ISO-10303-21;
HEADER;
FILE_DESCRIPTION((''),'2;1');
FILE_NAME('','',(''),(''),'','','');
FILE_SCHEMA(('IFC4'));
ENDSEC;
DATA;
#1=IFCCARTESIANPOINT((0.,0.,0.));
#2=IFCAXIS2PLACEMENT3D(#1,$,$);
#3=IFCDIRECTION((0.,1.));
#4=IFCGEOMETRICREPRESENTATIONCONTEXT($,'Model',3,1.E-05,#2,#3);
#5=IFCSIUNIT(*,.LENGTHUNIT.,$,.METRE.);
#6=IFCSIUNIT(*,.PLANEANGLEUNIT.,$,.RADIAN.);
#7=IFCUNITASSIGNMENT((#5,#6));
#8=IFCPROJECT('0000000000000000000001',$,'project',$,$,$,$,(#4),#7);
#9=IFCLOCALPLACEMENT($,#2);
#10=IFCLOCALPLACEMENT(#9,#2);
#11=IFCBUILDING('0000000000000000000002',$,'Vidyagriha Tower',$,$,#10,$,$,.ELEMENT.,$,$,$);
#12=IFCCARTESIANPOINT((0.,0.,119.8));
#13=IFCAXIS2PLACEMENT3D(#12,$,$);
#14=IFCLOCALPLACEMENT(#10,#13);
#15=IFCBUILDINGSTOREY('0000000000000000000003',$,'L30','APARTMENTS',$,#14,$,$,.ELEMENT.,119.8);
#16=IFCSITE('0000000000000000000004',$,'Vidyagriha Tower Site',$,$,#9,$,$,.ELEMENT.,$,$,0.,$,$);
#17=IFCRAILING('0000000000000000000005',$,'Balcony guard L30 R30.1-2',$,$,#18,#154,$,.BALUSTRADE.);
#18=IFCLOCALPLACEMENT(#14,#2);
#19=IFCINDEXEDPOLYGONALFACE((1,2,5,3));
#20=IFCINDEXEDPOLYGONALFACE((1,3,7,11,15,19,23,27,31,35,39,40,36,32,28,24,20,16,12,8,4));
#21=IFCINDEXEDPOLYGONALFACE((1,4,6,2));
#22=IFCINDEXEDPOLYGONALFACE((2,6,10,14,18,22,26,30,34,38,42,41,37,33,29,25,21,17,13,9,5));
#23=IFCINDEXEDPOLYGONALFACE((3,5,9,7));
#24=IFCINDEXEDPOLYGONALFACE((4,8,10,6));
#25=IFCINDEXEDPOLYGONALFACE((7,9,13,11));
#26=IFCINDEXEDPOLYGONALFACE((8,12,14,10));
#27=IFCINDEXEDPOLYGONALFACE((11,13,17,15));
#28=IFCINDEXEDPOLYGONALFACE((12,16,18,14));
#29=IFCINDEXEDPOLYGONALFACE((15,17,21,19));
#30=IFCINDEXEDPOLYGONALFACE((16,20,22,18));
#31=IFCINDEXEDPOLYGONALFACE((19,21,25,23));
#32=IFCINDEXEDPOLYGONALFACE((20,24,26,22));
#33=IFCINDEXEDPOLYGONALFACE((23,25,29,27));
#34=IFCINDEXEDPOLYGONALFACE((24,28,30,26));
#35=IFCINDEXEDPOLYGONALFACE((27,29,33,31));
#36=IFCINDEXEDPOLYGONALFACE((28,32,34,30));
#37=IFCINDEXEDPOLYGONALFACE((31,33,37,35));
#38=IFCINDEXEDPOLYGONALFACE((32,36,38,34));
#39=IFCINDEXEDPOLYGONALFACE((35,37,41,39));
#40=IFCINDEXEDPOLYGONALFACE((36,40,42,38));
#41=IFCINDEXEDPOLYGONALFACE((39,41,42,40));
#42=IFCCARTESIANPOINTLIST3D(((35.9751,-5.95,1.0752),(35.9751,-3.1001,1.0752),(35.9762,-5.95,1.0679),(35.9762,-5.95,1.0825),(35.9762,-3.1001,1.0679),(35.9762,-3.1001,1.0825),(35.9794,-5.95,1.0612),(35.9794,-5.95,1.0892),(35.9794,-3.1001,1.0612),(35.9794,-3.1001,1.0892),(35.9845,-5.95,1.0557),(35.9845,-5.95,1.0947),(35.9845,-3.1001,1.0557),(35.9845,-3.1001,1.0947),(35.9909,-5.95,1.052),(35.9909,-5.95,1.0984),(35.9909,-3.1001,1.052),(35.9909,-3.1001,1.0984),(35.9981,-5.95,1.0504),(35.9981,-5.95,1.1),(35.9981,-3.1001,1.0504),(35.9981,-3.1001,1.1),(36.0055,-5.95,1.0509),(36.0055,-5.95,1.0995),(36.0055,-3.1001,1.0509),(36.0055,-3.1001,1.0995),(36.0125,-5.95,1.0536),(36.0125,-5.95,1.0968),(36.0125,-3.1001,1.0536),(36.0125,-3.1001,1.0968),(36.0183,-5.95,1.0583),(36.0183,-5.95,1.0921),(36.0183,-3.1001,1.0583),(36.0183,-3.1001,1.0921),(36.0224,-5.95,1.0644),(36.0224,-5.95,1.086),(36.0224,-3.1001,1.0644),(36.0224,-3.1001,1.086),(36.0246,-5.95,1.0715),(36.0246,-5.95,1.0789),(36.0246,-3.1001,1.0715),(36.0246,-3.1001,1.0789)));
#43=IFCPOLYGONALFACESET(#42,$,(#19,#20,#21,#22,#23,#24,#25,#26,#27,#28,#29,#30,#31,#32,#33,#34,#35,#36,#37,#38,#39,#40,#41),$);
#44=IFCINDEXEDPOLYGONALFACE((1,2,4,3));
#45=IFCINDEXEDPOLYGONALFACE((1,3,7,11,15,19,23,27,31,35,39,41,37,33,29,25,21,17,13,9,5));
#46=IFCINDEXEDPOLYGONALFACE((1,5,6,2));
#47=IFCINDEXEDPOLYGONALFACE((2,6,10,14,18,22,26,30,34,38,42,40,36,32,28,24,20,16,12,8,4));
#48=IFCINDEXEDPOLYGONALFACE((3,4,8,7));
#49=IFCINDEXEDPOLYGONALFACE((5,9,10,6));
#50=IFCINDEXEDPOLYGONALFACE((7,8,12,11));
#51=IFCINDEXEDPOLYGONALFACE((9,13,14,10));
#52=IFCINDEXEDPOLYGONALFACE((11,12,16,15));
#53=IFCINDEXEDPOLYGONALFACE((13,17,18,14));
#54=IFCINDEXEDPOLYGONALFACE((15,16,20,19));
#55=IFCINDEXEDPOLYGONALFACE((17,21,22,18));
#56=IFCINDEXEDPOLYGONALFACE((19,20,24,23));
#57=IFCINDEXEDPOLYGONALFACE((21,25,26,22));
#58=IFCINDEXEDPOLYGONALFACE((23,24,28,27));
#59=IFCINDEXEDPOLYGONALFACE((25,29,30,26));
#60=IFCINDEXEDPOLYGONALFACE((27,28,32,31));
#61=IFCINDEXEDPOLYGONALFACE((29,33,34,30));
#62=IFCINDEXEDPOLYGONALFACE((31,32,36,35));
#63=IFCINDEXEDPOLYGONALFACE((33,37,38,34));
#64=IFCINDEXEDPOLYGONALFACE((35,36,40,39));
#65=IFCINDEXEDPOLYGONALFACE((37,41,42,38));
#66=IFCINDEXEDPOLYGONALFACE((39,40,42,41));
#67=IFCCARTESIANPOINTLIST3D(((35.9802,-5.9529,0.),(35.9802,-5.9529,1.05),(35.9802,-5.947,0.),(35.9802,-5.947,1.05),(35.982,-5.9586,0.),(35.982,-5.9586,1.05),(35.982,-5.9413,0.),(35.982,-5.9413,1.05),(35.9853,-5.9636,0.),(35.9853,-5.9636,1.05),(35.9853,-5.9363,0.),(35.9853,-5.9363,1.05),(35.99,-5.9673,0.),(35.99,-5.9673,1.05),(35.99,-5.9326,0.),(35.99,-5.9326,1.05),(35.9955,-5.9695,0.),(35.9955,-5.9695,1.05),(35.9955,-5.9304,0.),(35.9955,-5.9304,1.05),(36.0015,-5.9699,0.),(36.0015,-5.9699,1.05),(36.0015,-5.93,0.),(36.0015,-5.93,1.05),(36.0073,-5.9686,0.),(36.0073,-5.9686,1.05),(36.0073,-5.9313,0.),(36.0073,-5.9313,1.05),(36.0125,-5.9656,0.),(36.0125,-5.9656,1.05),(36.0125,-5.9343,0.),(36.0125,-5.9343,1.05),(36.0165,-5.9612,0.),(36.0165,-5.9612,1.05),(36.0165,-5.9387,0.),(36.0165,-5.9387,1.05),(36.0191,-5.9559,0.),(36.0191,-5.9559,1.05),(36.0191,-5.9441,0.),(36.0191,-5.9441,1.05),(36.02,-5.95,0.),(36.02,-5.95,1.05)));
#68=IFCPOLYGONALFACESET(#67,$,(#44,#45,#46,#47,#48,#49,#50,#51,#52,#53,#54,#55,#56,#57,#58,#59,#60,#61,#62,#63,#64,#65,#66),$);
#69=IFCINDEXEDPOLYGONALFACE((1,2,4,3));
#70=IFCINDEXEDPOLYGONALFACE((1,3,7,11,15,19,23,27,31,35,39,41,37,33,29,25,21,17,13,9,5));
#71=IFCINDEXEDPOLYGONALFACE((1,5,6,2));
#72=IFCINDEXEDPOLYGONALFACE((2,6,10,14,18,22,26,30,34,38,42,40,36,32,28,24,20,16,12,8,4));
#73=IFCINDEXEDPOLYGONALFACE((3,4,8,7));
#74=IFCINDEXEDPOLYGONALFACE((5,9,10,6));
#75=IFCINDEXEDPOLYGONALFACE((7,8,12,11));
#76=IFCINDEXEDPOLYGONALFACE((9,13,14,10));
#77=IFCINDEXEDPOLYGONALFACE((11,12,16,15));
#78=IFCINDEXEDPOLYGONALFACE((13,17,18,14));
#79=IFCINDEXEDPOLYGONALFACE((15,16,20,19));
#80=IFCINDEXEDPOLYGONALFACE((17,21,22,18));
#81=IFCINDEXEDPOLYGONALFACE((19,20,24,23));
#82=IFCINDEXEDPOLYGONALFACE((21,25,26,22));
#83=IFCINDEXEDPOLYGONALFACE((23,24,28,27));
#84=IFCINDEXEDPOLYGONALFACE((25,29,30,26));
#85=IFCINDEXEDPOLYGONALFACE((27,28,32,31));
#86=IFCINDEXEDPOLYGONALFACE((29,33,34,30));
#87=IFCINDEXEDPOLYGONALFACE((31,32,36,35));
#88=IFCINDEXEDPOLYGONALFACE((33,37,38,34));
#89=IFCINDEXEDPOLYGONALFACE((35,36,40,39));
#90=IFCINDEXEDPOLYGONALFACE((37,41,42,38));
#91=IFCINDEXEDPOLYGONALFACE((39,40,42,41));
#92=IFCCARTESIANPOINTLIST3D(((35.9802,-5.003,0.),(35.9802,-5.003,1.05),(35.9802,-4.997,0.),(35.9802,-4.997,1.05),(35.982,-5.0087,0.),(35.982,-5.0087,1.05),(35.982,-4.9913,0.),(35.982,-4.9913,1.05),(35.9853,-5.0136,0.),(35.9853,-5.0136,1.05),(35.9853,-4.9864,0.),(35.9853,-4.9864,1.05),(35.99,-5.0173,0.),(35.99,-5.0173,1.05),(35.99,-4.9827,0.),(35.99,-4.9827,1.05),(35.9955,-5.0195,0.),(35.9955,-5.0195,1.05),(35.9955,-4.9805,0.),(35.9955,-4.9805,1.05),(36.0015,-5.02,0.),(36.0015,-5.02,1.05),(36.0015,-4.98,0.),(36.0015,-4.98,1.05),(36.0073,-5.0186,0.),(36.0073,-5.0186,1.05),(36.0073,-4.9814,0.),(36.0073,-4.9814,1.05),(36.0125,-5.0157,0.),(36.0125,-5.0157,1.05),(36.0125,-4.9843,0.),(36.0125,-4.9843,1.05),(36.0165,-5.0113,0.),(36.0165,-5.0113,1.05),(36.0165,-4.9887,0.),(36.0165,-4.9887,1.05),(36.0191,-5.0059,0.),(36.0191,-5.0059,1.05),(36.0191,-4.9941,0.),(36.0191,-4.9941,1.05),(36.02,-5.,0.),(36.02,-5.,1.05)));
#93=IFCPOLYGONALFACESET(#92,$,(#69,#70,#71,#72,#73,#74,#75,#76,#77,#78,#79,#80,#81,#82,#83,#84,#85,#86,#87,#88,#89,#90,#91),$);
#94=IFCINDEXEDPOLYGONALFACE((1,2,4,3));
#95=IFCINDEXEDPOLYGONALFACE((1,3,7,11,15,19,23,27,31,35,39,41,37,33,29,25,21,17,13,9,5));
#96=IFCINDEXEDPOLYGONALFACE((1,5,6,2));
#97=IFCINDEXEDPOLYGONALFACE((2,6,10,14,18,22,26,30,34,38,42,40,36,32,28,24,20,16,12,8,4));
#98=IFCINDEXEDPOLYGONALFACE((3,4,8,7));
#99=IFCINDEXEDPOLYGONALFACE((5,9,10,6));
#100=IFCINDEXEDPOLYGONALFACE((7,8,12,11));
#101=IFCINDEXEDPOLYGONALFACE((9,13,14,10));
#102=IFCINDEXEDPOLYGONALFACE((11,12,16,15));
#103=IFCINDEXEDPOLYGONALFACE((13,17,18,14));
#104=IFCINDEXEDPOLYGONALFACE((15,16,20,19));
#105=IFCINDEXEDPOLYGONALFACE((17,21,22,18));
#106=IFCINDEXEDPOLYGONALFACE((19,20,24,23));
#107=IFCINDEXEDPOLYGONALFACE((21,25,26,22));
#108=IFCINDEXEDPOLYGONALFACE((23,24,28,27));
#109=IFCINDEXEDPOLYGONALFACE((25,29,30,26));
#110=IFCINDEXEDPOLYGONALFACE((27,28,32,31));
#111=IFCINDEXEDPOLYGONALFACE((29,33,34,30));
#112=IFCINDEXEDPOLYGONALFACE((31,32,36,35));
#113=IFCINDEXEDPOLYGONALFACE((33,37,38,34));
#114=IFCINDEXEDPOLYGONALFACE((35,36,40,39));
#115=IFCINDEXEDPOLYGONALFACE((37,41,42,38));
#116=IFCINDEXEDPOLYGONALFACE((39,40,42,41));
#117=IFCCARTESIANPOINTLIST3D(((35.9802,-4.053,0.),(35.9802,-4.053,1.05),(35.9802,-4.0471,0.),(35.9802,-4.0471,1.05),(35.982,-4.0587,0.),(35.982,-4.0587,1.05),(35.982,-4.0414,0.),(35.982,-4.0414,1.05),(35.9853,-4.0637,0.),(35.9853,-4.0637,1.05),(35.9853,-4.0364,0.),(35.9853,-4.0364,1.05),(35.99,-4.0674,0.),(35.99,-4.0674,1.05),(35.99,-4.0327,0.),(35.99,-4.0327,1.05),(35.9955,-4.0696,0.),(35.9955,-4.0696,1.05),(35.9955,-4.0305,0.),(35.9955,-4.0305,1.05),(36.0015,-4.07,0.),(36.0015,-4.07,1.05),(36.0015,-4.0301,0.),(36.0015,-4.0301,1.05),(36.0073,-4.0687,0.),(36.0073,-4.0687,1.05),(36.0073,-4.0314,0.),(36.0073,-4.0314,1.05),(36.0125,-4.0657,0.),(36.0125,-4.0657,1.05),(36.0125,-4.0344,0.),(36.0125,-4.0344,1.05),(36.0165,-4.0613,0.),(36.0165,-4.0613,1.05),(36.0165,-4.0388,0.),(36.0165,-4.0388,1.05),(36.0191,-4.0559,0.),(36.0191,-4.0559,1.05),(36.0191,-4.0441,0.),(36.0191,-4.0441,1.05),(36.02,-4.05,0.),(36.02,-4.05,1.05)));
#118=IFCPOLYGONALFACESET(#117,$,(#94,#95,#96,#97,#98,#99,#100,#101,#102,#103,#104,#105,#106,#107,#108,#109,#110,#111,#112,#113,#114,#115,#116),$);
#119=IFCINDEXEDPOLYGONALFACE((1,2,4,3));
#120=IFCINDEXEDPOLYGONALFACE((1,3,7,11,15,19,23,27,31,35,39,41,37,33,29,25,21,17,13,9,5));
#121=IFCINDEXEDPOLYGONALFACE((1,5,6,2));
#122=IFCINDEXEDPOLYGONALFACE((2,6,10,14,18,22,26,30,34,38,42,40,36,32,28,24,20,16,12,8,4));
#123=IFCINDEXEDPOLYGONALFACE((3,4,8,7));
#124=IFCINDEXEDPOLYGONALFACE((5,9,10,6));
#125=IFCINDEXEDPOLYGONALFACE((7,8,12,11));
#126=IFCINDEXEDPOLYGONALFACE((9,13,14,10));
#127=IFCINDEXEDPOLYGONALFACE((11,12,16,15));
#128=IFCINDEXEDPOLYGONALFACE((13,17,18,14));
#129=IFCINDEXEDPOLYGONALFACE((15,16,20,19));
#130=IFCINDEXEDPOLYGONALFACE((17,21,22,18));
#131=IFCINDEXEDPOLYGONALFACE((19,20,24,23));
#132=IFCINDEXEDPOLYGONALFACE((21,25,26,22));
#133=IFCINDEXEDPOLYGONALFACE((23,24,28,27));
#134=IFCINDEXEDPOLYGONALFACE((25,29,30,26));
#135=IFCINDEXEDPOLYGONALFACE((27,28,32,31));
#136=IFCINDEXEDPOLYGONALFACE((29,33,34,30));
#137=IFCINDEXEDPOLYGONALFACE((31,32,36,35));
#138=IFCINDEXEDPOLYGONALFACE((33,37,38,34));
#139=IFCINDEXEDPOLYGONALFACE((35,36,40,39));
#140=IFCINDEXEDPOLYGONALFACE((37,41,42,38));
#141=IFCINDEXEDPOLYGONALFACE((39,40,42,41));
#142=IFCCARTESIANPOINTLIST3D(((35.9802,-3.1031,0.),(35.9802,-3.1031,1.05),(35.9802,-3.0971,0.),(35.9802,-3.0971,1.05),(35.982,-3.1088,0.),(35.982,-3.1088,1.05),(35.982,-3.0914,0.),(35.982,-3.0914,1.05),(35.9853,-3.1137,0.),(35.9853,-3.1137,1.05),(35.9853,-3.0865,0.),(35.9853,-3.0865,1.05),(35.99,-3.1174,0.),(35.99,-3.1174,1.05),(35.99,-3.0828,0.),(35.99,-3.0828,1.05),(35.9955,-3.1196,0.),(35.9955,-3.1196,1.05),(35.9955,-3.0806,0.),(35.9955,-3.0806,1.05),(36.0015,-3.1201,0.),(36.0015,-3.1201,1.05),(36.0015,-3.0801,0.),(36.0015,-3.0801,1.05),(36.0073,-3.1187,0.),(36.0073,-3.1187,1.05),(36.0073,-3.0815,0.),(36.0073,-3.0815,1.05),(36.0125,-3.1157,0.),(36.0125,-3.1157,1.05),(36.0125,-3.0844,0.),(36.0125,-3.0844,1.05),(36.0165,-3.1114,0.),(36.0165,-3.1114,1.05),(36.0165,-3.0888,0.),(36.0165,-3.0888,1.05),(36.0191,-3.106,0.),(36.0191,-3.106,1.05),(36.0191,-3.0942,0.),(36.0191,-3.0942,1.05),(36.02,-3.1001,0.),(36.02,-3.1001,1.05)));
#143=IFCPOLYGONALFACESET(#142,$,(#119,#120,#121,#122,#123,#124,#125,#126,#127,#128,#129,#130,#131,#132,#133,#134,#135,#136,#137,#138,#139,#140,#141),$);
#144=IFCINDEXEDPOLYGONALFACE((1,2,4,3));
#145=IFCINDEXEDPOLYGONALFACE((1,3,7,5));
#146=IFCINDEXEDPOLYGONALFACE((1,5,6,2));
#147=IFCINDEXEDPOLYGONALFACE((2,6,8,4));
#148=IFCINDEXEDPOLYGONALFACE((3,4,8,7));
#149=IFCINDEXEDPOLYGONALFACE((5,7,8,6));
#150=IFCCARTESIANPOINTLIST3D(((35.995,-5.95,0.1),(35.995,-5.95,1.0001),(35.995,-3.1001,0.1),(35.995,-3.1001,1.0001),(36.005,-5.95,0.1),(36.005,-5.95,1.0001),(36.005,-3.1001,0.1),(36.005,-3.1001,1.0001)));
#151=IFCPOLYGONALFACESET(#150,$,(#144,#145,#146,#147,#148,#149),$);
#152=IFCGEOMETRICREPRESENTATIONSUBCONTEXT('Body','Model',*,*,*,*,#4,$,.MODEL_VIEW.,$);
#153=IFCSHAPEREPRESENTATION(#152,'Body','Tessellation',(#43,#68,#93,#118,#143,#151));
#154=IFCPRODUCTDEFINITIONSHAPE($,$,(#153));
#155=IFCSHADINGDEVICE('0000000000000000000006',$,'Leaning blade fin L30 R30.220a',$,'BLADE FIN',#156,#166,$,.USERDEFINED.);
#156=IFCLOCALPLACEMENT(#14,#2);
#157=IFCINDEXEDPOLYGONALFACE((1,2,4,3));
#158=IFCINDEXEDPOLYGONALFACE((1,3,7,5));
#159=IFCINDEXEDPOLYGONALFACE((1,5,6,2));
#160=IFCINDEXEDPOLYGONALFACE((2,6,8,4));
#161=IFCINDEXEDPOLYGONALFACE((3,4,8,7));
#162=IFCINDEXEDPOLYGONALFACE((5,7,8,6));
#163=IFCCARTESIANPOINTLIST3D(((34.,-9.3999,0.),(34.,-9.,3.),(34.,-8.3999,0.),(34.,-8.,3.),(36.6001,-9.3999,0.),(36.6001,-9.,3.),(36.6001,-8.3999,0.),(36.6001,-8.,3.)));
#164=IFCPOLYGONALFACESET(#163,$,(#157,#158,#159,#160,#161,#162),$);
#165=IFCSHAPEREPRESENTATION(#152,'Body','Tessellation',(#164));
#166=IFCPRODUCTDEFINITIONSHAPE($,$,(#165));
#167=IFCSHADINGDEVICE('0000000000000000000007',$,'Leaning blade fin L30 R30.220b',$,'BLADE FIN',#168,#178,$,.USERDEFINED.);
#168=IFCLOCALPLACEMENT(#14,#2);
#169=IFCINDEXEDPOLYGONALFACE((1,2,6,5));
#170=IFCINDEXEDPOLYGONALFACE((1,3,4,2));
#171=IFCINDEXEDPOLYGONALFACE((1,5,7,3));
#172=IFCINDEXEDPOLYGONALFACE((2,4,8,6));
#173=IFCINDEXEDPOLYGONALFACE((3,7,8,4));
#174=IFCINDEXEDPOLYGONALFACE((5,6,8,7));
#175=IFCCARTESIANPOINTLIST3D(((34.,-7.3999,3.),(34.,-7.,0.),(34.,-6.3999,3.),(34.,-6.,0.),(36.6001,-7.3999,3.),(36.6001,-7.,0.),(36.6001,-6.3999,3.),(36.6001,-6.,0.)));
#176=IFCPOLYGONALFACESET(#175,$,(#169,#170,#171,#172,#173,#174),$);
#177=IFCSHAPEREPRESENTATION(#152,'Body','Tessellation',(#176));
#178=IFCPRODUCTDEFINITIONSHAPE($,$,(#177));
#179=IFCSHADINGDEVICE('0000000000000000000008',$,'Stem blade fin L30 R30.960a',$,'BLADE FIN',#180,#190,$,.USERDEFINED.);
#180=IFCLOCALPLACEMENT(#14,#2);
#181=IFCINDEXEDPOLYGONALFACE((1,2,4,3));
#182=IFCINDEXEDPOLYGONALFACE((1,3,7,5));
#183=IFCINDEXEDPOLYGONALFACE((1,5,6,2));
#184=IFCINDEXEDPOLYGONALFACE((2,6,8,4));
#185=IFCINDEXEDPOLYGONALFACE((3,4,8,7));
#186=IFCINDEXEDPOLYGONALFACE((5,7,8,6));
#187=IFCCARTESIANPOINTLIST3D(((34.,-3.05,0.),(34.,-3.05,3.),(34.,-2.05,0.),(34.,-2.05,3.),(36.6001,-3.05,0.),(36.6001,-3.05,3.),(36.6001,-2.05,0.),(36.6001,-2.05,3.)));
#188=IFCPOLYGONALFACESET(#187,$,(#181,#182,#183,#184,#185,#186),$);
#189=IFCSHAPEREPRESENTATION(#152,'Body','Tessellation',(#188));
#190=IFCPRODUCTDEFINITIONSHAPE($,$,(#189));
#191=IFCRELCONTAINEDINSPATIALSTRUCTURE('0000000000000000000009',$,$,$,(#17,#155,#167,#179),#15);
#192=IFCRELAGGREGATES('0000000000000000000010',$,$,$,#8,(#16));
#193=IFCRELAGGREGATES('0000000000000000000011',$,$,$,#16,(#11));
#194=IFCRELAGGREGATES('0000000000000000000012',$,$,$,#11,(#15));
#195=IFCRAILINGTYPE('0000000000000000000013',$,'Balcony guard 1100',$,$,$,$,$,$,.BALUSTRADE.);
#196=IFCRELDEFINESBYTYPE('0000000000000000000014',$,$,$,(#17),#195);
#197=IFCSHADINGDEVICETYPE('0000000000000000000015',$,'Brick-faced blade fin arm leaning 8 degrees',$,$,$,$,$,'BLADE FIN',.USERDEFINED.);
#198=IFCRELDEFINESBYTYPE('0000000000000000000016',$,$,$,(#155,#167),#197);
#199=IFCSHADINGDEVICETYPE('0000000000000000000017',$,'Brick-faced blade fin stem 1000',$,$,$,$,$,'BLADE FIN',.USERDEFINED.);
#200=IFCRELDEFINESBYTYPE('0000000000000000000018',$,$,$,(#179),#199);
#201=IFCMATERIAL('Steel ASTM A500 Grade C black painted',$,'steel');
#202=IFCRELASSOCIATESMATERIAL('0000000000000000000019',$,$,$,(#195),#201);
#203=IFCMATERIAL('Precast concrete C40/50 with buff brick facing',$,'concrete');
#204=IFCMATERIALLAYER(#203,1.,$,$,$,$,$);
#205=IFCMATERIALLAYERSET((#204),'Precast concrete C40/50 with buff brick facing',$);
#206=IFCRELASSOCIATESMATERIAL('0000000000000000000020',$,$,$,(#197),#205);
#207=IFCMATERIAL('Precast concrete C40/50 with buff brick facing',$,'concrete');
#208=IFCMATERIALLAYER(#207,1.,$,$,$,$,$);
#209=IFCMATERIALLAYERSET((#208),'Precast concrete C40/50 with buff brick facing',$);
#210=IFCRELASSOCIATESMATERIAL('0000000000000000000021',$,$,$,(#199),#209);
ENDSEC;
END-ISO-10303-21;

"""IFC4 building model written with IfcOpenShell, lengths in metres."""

from ifc_helpers import new_model, si_unit, direction, frame, origin, origin_2d, place, context, subcontext, project, spatial, polyline, rectangle, circle, outline, extrude, material, layer, layer_set, type_object, element, save


model = new_model("IFC4")

# Units and contexts
model_context = context("Model", 3, precision=1e-05, world=origin(), true_north=direction((0.0, 1.0)))
body_context = subcontext(model_context, "Body", "Model", "MODEL_VIEW")
ifc_project = project(units=[si_unit("LENGTHUNIT", "METRE"), si_unit("PLANEANGLEUNIT", "RADIAN")], contexts=[model_context])

# Site, building, storey
site_placement = place(None, origin())
site = spatial("IfcSite", under=ifc_project, at=site_placement, Name="Vidyagriha Tower Site", CompositionType="ELEMENT", RefElevation=0.0)
building_placement = place(site_placement, origin())
building = spatial("IfcBuilding", under=site, at=building_placement, Name="Vidyagriha Tower", CompositionType="ELEMENT")
storey_placement = place(building_placement, frame((0.0, 0.0, 119.8)))
storey = spatial("IfcBuildingStorey", under=building, at=storey_placement, Name="L30", Description="APARTMENTS", CompositionType="ELEMENT", Elevation=119.8)

# Railing
ifc_material_1 = material(Name="Steel ASTM A500 Grade C black painted", Category="steel")
railing_type = type_object("IfcRailingType", Name="Balcony guard 1100", PredefinedType="BALUSTRADE", material=ifc_material_1)
railing_1_placement = place(storey_placement, frame((36.0, -5.95, 0.0)))
element("IfcRailing", 1, at=railing_1_placement, inside=storey, type_object=railing_type, Name="Balcony guard L30 R30.1-2", PredefinedType="BALUSTRADE", context=body_context, shape_type="SweptSolid", body=[
    extrude(circle(Radius=0.0249, at=origin_2d()), frame((0.0, 0.0, 1.0752), z_axis=(0.0, 1.0, 0.0), x_axis=(-1.0, 0.0, 0.0)), (0.0, 0.0, 1.0), 2.8499),
    extrude(circle(Radius=0.02, at=origin_2d()), origin(), (0.0, 0.0, 1.0), 1.05),
    extrude(circle(Radius=0.02, at=origin_2d()), frame((0.0, 0.95, 0.0)), (0.0, 0.0, 1.0), 1.05),
    extrude(circle(Radius=0.02, at=origin_2d()), frame((0.0, 1.8999, 0.0)), (0.0, 0.0, 1.0), 1.05),
    extrude(circle(Radius=0.02, at=origin_2d()), frame((0.0, 2.8499, 0.0)), (0.0, 0.0, 1.0), 1.05),
    extrude(rectangle(XDim=0.01, YDim=0.9001, at=origin_2d()), frame((0.0, 0.0, 0.55), z_axis=(0.0, 1.0, 0.0), x_axis=(-1.0, 0.0, 0.0)), (0.0, 0.0, 1.0), 2.8499),
])

# Shading devices
ifc_material_2 = material(Name="Precast concrete C40/50 with buff brick facing", Category="concrete")
ifc_layer_1 = layer(ifc_material_2, 1.0)
ifc_layer_set_1 = layer_set([ifc_layer_1], Name="Precast concrete C40/50 with buff brick facing")
shading_device_type_1 = type_object("IfcShadingDeviceType", Name="Brick-faced blade fin arm leaning 8 degrees", ElementType="BLADE FIN", PredefinedType="USERDEFINED", material=ifc_layer_set_1)
shading_device_1_placement = place(storey_placement, frame((35.3, -9.3999, 0.0), z_axis=(0.0, 0.0, 1.0), x_axis=(0.0, 1.0, 0.0)))
element("IfcShadingDevice", 2, at=shading_device_1_placement, inside=storey, type_object=shading_device_type_1, Name="Leaning blade fin L30 R30.220a", ObjectType="BLADE FIN", PredefinedType="USERDEFINED", context=body_context, shape_type="SweptSolid", body=[
    extrude(outline(polyline([(0.0, 0.0), (1.0, 0.0), (1.3999, 3.0), (0.3999, 3.0), (0.0, 0.0)])), frame((0.0, 1.3, 0.0), z_axis=(0.0, -1.0, 0.0), x_axis=(1.0, 0.0, 0.0)), (0.0, 0.0, 1.0), 2.6001),
])
shading_device_2_placement = place(storey_placement, frame((35.3, -7.3999, 0.0), z_axis=(0.0, 0.0, 1.0), x_axis=(0.0, 1.0, 0.0)))
element("IfcShadingDevice", 3, at=shading_device_2_placement, inside=storey, type_object=shading_device_type_1, Name="Leaning blade fin L30 R30.220b", ObjectType="BLADE FIN", PredefinedType="USERDEFINED", context=body_context, shape_type="SweptSolid", body=[
    extrude(outline(polyline([(0.3999, 0.0), (1.3999, 0.0), (1.0, 3.0), (0.0, 3.0), (0.3999, 0.0)])), frame((0.0, 1.3, 0.0), z_axis=(0.0, -1.0, 0.0), x_axis=(1.0, 0.0, 0.0)), (0.0, 0.0, 1.0), 2.6001),
])
ifc_material_3 = material(Name="Precast concrete C40/50 with buff brick facing", Category="concrete")
ifc_layer_2 = layer(ifc_material_3, 1.0)
ifc_layer_set_2 = layer_set([ifc_layer_2], Name="Precast concrete C40/50 with buff brick facing")
shading_device_type_2 = type_object("IfcShadingDeviceType", Name="Brick-faced blade fin stem 1000", ElementType="BLADE FIN", PredefinedType="USERDEFINED", material=ifc_layer_set_2)
shading_device_3_placement = place(storey_placement, frame((35.3, -3.05, 0.0), z_axis=(0.0, 0.0, 1.0), x_axis=(0.0, 1.0, 0.0)))
element("IfcShadingDevice", 4, at=shading_device_3_placement, inside=storey, type_object=shading_device_type_2, Name="Stem blade fin L30 R30.960a", ObjectType="BLADE FIN", PredefinedType="USERDEFINED", context=body_context, shape_type="SweptSolid", body=[
    extrude(outline(polyline([(0.0, 0.0), (1.0, 0.0), (1.0, 3.0), (0.0, 3.0), (0.0, 0.0)])), frame((0.0, 1.3, 0.0), z_axis=(0.0, -1.0, 0.0), x_axis=(1.0, 0.0, 0.0)), (0.0, 0.0, 1.0), 2.6001),
])

save(model, "model.ifc")
